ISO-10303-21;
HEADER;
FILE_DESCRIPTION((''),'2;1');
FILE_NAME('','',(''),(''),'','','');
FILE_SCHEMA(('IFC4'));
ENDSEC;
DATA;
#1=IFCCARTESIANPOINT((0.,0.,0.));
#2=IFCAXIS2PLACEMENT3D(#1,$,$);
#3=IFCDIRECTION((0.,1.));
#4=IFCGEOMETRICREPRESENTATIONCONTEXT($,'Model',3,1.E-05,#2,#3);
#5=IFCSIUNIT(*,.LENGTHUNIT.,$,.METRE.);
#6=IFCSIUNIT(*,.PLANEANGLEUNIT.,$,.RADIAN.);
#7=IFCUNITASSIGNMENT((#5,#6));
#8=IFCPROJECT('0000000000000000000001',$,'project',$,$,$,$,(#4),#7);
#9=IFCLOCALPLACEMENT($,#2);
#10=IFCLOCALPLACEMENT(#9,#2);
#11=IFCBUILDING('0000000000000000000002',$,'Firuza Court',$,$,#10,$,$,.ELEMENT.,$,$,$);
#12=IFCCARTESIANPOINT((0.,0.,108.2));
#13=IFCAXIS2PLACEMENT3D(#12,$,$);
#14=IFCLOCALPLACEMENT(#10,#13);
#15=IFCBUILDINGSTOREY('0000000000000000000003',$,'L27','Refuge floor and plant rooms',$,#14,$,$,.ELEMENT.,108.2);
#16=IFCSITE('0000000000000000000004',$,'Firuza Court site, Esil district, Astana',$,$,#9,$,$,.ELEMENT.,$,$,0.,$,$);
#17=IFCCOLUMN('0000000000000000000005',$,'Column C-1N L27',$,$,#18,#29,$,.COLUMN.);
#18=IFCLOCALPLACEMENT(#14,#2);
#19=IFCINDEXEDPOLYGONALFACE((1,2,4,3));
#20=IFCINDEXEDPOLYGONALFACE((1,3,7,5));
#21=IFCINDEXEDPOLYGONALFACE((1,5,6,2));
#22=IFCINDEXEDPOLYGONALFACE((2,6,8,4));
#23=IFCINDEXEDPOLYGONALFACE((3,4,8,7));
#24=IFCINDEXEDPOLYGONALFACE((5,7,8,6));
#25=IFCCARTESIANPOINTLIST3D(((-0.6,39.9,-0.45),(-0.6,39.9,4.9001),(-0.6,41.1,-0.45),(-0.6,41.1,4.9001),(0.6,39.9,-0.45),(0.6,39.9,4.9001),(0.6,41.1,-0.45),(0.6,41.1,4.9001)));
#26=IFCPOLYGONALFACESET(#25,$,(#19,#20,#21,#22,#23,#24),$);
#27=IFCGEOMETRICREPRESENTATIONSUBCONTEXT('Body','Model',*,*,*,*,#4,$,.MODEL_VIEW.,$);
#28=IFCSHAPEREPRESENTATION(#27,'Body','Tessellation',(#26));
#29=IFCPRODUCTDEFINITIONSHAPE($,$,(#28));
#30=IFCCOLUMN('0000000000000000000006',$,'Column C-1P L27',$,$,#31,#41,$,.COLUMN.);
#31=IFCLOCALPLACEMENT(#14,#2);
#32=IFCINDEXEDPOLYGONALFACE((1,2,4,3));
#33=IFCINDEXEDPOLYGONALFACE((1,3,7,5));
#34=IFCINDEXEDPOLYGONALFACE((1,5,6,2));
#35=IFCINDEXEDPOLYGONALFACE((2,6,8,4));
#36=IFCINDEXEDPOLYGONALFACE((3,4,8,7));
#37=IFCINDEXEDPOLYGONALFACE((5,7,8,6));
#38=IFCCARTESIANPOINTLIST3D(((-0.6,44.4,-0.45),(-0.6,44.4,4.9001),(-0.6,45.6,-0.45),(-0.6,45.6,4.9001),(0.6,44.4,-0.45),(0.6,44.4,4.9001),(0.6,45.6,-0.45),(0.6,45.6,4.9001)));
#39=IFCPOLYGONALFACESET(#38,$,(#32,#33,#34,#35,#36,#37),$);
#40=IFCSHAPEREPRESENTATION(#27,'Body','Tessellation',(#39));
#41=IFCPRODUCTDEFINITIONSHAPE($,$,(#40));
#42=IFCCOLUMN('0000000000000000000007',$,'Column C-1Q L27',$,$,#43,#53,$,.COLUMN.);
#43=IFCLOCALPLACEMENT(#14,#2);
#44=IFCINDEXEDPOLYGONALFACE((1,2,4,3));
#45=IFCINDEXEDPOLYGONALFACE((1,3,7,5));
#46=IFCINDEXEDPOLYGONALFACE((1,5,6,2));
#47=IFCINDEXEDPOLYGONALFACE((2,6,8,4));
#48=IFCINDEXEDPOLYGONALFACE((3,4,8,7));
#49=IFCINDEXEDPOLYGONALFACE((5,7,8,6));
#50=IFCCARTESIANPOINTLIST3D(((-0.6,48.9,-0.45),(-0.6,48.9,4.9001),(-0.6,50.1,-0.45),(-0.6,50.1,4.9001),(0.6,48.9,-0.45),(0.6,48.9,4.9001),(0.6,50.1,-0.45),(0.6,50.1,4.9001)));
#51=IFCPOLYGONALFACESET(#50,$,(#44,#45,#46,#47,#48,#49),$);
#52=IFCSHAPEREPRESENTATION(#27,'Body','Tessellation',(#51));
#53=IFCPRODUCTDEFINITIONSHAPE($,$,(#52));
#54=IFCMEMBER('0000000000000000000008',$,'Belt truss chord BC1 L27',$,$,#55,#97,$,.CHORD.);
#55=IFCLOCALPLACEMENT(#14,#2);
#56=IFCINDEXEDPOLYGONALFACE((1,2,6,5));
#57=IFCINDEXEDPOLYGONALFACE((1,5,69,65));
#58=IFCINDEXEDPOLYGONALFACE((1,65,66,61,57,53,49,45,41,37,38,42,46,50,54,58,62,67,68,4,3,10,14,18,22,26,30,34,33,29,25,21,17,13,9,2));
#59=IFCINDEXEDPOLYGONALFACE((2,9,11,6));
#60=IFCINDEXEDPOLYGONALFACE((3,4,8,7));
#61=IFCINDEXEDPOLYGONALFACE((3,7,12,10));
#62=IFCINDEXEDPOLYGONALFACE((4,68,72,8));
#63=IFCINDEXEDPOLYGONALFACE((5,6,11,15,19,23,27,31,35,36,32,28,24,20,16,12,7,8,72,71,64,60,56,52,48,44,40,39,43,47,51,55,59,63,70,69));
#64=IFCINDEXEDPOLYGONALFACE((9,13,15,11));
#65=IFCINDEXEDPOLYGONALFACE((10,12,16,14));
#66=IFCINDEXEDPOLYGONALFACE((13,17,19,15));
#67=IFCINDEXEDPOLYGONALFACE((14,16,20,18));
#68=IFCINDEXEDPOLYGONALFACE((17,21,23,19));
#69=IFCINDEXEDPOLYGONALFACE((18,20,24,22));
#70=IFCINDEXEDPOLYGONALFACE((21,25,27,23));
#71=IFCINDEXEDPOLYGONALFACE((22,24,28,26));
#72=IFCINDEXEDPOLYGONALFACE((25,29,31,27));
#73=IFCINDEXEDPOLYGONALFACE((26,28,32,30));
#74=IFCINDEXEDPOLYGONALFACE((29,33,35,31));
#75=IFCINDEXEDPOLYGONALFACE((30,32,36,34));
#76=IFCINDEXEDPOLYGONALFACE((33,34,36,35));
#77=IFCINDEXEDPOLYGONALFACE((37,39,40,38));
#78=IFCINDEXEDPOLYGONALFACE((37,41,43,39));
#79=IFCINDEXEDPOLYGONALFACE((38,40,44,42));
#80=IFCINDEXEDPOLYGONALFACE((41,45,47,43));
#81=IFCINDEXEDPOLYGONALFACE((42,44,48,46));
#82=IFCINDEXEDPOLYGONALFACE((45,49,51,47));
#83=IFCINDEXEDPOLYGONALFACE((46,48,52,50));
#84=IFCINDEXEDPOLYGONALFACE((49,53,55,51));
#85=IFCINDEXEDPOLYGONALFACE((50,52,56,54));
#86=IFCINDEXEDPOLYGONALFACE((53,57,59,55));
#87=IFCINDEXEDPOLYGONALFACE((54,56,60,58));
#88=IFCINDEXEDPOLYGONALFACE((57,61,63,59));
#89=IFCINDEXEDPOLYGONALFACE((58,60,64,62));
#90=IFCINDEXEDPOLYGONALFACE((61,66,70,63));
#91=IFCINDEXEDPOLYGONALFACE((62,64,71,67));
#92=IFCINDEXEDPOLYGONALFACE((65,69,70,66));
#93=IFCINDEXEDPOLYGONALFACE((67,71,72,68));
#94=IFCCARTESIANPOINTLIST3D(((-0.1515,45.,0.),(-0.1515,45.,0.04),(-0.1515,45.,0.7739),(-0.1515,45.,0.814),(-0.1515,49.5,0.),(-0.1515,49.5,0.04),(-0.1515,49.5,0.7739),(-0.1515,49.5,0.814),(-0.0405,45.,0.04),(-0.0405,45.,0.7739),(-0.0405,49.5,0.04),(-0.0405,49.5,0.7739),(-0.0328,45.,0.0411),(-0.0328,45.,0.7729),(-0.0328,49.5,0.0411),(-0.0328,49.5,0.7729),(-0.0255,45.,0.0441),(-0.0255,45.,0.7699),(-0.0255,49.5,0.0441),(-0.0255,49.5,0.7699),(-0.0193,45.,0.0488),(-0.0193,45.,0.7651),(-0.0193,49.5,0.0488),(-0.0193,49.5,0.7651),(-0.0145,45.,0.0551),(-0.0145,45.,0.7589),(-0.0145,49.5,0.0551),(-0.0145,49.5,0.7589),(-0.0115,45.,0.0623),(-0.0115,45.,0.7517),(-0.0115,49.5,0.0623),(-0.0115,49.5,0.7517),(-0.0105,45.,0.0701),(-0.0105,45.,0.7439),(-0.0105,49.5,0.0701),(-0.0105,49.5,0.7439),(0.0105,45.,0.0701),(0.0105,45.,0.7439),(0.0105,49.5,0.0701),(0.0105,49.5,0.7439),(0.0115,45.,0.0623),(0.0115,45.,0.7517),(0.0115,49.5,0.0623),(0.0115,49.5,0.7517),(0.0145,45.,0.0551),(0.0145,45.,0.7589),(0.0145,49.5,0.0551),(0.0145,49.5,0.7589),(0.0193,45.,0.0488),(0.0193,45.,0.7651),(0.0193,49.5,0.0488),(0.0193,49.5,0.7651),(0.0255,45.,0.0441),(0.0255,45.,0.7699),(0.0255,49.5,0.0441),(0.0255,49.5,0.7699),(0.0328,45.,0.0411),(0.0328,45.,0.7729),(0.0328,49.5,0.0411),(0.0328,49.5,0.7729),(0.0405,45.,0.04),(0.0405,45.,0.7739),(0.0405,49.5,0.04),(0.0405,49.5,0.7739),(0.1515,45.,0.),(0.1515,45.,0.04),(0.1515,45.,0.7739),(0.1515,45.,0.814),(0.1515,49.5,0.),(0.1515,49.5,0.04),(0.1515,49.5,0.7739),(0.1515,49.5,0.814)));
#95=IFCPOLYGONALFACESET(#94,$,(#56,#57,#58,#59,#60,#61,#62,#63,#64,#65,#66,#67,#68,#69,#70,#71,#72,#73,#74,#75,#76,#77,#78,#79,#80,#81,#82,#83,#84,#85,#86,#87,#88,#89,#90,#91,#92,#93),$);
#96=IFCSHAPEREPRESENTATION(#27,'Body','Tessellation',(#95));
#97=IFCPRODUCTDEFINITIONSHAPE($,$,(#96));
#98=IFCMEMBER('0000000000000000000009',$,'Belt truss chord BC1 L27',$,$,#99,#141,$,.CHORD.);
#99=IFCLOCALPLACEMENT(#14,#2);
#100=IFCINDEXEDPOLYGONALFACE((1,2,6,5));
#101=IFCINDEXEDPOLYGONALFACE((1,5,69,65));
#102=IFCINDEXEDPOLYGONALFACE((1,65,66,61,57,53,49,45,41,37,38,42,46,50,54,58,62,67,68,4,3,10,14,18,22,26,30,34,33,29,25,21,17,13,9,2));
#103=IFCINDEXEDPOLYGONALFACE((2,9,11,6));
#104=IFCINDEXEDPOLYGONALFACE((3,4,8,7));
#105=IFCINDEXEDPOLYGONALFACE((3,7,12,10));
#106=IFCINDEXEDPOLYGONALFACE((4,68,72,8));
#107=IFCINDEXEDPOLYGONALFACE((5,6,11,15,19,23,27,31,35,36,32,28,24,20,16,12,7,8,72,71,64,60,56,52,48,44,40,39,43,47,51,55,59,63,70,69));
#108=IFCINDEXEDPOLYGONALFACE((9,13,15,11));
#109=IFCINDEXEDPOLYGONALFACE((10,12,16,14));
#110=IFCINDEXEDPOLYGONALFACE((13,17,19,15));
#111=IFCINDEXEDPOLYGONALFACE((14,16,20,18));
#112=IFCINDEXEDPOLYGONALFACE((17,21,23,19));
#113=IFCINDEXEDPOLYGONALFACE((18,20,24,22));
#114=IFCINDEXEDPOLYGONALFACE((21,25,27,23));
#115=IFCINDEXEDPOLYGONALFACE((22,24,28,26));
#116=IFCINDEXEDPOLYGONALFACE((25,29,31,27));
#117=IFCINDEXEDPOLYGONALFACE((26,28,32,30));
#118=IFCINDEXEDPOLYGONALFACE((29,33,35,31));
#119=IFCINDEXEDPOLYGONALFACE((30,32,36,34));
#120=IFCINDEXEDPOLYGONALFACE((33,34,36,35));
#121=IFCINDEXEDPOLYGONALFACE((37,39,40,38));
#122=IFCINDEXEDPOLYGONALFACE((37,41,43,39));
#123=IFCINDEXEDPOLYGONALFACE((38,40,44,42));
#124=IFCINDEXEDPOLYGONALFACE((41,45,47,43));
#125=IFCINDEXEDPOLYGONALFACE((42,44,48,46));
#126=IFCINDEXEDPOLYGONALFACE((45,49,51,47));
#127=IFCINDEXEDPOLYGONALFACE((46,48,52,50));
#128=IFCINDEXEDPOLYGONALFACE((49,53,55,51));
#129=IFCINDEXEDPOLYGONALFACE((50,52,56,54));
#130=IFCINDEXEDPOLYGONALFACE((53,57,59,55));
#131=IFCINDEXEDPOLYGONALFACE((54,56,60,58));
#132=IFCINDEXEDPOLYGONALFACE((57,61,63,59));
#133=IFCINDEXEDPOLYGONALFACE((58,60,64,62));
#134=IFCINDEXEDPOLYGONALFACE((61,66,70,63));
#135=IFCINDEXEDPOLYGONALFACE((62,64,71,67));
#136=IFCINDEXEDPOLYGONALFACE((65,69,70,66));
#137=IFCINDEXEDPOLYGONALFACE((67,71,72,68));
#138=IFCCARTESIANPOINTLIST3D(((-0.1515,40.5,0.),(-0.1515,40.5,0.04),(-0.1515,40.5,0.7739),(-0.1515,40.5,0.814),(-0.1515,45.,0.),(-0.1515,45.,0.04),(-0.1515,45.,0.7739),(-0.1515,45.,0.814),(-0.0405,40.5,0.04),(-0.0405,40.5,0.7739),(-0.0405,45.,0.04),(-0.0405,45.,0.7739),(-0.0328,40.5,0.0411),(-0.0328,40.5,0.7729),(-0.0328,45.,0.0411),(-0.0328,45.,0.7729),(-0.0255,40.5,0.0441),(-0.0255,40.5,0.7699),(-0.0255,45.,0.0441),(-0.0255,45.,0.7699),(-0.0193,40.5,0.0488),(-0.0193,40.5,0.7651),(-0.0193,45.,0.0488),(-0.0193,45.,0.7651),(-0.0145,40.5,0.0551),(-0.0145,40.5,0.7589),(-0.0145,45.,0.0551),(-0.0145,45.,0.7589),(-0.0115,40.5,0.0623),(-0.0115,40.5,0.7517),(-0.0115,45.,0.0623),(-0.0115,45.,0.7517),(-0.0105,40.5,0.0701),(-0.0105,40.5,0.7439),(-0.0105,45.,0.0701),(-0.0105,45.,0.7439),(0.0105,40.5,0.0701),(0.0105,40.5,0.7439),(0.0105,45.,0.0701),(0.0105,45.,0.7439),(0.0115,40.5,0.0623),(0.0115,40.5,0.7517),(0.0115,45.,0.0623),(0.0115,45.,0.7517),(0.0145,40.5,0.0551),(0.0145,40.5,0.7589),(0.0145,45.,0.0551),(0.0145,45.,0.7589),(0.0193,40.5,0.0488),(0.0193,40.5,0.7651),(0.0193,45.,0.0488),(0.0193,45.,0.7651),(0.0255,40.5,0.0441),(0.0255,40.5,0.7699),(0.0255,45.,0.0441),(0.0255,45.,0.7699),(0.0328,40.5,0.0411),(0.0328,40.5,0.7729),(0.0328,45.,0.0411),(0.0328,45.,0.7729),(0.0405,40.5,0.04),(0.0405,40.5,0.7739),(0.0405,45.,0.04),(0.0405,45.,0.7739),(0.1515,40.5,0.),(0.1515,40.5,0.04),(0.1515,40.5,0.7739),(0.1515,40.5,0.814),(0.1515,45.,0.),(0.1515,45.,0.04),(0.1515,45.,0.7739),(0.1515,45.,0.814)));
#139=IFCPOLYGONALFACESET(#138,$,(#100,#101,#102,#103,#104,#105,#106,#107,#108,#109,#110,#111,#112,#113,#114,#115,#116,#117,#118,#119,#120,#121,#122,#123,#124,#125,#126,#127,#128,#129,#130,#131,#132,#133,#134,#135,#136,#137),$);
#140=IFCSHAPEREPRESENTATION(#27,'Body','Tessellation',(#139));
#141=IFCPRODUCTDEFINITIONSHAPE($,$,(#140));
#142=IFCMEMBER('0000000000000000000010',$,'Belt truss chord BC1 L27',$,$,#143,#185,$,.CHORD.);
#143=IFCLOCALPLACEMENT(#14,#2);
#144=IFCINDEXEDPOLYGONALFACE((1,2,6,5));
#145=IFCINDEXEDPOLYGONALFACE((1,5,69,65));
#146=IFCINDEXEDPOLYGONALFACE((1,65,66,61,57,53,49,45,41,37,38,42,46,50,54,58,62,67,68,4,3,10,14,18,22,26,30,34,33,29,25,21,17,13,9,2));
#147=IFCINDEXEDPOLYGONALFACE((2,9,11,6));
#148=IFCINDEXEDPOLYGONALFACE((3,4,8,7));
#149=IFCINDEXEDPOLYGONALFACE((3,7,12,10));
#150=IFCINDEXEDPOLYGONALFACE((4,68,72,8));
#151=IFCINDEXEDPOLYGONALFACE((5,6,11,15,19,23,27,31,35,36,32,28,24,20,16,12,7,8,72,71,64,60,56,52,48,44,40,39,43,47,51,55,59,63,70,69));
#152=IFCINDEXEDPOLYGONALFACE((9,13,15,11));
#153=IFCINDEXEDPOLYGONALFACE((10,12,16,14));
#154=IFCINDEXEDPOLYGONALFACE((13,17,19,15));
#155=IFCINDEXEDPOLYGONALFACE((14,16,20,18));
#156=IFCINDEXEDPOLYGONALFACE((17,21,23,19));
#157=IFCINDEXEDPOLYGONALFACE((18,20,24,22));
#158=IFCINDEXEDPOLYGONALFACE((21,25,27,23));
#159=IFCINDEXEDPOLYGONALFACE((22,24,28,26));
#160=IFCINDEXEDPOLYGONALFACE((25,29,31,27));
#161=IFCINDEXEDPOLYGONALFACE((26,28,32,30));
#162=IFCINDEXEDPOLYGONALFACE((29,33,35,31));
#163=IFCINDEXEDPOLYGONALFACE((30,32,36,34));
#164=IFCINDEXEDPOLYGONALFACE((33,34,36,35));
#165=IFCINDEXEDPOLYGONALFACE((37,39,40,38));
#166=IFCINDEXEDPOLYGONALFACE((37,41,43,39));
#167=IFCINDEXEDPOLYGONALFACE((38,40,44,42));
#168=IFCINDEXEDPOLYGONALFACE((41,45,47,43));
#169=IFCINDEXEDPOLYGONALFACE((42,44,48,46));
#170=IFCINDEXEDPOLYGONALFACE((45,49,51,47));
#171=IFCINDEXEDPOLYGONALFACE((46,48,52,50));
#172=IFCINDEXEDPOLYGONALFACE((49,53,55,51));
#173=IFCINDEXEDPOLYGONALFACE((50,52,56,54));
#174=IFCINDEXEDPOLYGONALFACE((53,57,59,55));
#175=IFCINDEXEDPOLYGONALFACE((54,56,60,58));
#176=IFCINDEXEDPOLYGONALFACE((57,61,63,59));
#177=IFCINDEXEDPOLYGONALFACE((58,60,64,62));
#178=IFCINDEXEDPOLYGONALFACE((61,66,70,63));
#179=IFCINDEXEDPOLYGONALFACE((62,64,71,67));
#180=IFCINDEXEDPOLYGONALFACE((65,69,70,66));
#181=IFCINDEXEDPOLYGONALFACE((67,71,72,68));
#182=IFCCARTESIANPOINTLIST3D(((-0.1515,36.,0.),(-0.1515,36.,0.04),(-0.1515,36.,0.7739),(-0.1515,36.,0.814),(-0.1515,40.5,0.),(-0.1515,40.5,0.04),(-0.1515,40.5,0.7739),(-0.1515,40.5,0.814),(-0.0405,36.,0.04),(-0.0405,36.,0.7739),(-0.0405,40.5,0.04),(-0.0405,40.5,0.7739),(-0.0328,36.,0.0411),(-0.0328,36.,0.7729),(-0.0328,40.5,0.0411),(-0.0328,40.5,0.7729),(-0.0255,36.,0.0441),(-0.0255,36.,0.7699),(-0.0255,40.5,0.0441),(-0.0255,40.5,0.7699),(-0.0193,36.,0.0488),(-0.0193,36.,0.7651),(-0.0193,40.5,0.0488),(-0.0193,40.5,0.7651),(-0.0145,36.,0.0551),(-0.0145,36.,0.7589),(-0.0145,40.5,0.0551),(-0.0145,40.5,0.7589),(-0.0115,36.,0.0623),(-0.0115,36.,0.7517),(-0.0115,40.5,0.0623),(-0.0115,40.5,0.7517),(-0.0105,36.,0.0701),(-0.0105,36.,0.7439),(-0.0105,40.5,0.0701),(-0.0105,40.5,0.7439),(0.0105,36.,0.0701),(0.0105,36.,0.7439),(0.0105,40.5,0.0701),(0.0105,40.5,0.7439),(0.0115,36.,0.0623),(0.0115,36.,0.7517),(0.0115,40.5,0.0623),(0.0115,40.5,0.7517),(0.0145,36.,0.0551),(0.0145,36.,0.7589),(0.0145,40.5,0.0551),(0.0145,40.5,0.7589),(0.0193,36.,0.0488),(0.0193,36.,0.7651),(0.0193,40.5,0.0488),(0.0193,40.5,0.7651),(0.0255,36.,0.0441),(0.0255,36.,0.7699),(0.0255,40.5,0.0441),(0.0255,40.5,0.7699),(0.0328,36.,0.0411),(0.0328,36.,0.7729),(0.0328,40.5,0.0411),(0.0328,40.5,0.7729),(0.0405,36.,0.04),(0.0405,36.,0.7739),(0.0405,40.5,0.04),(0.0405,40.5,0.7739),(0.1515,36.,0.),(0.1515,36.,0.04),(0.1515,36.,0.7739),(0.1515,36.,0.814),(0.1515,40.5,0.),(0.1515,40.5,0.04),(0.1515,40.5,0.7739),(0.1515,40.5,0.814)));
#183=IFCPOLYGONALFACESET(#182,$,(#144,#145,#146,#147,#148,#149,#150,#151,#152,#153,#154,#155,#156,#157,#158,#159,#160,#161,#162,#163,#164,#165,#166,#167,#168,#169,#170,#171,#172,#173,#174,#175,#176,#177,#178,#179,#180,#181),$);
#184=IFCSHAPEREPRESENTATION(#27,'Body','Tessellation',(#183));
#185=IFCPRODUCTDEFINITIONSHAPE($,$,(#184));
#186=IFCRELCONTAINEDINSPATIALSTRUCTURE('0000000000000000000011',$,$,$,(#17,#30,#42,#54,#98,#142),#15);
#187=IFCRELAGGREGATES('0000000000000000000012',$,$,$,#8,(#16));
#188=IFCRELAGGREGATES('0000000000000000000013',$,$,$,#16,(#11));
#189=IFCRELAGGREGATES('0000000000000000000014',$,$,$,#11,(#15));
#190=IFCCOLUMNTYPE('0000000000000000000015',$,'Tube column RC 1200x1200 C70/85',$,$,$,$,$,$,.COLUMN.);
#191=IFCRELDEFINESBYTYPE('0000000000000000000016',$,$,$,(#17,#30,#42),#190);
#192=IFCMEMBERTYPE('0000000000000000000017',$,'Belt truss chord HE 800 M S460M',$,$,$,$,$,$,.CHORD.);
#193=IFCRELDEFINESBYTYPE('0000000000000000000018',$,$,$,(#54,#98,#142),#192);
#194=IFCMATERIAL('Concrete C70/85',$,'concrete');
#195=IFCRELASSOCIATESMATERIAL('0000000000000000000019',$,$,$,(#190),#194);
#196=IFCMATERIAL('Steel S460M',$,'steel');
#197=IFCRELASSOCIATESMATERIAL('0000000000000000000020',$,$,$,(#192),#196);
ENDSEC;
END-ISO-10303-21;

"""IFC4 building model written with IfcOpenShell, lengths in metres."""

from ifc_helpers import new_model, si_unit, direction, frame, origin, origin_2d, place, context, subcontext, project, spatial, rectangle, i_section, extrude, material, material_profile, profile_set, type_object, element, save


model = new_model("IFC4")

# Units and contexts
model_context = context("Model", 3, precision=1e-05, world=origin(), true_north=direction((0.0, 1.0)))
body_context = subcontext(model_context, "Body", "Model", "MODEL_VIEW")
ifc_project = project(units=[si_unit("LENGTHUNIT", "METRE"), si_unit("PLANEANGLEUNIT", "RADIAN")], contexts=[model_context])

# Site, building, storey
site_placement = place(None, origin())
site = spatial("IfcSite", under=ifc_project, at=site_placement, Name="Firuza Court site, Esil district, Astana", CompositionType="ELEMENT", RefElevation=0.0)
building_placement = place(site_placement, origin())
building = spatial("IfcBuilding", under=site, at=building_placement, Name="Firuza Court", CompositionType="ELEMENT")
storey_placement = place(building_placement, frame((0.0, 0.0, 108.2)))
storey = spatial("IfcBuildingStorey", under=building, at=storey_placement, Name="L27", Description="Refuge floor and plant rooms", CompositionType="ELEMENT", Elevation=108.2)

# Columns
ifc_material_1 = material(Name="Concrete C70/85", Category="concrete")
ifc_material_profile_1 = material_profile(ifc_material_1, rectangle(XDim=1.2, YDim=1.2, at=origin_2d()), Name="RC 1200x1200")
ifc_profile_set_1 = profile_set([ifc_material_profile_1], Name="Concrete C70/85")
column_type = type_object("IfcColumnType", Name="Tube column RC 1200x1200 C70/85", PredefinedType="COLUMN", material=ifc_profile_set_1)
for number, where, z_axis, x_axis, name in (
    (1, (0.0, 40.5, -0.45), (0.0, 0.0, 1.0), (1.0, 0.0, 0.0), "Column C-1N L27"),
    (2, (0.0, 45.0, -0.45), (0.0, 0.0, 1.0), (1.0, 0.0, 0.0), "Column C-1P L27"),
    (3, (0.0, 49.5, -0.45), (0.0, 0.0, 1.0), (1.0, 0.0, 0.0), "Column C-1Q L27"),
):
    element("IfcColumn", number, at=place(storey_placement, frame(where, z_axis=z_axis, x_axis=x_axis)), inside=storey, type_object=column_type, Name=name, PredefinedType="COLUMN", context=body_context, shape_type="SweptSolid", body=[
        extrude(rectangle(XDim=1.2, YDim=1.2, at=origin_2d()), origin(), (0.0, 0.0, 1.0), 5.3501),
    ])

# Members
ifc_material_2 = material(Name="Steel S460M", Category="steel")
ifc_material_profile_2 = material_profile(ifc_material_2, i_section(OverallWidth=0.303, OverallDepth=0.814, WebThickness=0.021, FlangeThickness=0.04, FilletRadius=0.03, at=origin_2d()), Name="HE 800 M")
ifc_profile_set_2 = profile_set([ifc_material_profile_2], Name="Steel S460M")
member_type_1 = type_object("IfcMemberType", Name="Belt truss chord HE 800 M S460M", PredefinedType="CHORD", material=ifc_profile_set_2)
for number, where, z_axis, x_axis, name in (
    (4, (0.0, 49.5, 0.407), (0.0, -1.0, 0.0), (1.0, 0.0, 0.0), "Belt truss chord BC1 L27"),
    (5, (0.0, 45.0, 0.407), (0.0, -1.0, 0.0), (1.0, 0.0, 0.0), "Belt truss chord BC1 L27"),
    (6, (0.0, 40.5, 0.407), (0.0, -1.0, 0.0), (1.0, 0.0, 0.0), "Belt truss chord BC1 L27"),
):
    element("IfcMember", number, at=place(storey_placement, frame(where, z_axis=z_axis, x_axis=x_axis)), inside=storey, type_object=member_type_1, Name=name, PredefinedType="CHORD", context=body_context, shape_type="SweptSolid", body=[
        extrude(i_section(OverallWidth=0.303, OverallDepth=0.814, WebThickness=0.021, FlangeThickness=0.04, FilletRadius=0.03, at=origin_2d()), origin(), (0.0, 0.0, 1.0), 4.5),
    ])

save(model, "model.ifc")
